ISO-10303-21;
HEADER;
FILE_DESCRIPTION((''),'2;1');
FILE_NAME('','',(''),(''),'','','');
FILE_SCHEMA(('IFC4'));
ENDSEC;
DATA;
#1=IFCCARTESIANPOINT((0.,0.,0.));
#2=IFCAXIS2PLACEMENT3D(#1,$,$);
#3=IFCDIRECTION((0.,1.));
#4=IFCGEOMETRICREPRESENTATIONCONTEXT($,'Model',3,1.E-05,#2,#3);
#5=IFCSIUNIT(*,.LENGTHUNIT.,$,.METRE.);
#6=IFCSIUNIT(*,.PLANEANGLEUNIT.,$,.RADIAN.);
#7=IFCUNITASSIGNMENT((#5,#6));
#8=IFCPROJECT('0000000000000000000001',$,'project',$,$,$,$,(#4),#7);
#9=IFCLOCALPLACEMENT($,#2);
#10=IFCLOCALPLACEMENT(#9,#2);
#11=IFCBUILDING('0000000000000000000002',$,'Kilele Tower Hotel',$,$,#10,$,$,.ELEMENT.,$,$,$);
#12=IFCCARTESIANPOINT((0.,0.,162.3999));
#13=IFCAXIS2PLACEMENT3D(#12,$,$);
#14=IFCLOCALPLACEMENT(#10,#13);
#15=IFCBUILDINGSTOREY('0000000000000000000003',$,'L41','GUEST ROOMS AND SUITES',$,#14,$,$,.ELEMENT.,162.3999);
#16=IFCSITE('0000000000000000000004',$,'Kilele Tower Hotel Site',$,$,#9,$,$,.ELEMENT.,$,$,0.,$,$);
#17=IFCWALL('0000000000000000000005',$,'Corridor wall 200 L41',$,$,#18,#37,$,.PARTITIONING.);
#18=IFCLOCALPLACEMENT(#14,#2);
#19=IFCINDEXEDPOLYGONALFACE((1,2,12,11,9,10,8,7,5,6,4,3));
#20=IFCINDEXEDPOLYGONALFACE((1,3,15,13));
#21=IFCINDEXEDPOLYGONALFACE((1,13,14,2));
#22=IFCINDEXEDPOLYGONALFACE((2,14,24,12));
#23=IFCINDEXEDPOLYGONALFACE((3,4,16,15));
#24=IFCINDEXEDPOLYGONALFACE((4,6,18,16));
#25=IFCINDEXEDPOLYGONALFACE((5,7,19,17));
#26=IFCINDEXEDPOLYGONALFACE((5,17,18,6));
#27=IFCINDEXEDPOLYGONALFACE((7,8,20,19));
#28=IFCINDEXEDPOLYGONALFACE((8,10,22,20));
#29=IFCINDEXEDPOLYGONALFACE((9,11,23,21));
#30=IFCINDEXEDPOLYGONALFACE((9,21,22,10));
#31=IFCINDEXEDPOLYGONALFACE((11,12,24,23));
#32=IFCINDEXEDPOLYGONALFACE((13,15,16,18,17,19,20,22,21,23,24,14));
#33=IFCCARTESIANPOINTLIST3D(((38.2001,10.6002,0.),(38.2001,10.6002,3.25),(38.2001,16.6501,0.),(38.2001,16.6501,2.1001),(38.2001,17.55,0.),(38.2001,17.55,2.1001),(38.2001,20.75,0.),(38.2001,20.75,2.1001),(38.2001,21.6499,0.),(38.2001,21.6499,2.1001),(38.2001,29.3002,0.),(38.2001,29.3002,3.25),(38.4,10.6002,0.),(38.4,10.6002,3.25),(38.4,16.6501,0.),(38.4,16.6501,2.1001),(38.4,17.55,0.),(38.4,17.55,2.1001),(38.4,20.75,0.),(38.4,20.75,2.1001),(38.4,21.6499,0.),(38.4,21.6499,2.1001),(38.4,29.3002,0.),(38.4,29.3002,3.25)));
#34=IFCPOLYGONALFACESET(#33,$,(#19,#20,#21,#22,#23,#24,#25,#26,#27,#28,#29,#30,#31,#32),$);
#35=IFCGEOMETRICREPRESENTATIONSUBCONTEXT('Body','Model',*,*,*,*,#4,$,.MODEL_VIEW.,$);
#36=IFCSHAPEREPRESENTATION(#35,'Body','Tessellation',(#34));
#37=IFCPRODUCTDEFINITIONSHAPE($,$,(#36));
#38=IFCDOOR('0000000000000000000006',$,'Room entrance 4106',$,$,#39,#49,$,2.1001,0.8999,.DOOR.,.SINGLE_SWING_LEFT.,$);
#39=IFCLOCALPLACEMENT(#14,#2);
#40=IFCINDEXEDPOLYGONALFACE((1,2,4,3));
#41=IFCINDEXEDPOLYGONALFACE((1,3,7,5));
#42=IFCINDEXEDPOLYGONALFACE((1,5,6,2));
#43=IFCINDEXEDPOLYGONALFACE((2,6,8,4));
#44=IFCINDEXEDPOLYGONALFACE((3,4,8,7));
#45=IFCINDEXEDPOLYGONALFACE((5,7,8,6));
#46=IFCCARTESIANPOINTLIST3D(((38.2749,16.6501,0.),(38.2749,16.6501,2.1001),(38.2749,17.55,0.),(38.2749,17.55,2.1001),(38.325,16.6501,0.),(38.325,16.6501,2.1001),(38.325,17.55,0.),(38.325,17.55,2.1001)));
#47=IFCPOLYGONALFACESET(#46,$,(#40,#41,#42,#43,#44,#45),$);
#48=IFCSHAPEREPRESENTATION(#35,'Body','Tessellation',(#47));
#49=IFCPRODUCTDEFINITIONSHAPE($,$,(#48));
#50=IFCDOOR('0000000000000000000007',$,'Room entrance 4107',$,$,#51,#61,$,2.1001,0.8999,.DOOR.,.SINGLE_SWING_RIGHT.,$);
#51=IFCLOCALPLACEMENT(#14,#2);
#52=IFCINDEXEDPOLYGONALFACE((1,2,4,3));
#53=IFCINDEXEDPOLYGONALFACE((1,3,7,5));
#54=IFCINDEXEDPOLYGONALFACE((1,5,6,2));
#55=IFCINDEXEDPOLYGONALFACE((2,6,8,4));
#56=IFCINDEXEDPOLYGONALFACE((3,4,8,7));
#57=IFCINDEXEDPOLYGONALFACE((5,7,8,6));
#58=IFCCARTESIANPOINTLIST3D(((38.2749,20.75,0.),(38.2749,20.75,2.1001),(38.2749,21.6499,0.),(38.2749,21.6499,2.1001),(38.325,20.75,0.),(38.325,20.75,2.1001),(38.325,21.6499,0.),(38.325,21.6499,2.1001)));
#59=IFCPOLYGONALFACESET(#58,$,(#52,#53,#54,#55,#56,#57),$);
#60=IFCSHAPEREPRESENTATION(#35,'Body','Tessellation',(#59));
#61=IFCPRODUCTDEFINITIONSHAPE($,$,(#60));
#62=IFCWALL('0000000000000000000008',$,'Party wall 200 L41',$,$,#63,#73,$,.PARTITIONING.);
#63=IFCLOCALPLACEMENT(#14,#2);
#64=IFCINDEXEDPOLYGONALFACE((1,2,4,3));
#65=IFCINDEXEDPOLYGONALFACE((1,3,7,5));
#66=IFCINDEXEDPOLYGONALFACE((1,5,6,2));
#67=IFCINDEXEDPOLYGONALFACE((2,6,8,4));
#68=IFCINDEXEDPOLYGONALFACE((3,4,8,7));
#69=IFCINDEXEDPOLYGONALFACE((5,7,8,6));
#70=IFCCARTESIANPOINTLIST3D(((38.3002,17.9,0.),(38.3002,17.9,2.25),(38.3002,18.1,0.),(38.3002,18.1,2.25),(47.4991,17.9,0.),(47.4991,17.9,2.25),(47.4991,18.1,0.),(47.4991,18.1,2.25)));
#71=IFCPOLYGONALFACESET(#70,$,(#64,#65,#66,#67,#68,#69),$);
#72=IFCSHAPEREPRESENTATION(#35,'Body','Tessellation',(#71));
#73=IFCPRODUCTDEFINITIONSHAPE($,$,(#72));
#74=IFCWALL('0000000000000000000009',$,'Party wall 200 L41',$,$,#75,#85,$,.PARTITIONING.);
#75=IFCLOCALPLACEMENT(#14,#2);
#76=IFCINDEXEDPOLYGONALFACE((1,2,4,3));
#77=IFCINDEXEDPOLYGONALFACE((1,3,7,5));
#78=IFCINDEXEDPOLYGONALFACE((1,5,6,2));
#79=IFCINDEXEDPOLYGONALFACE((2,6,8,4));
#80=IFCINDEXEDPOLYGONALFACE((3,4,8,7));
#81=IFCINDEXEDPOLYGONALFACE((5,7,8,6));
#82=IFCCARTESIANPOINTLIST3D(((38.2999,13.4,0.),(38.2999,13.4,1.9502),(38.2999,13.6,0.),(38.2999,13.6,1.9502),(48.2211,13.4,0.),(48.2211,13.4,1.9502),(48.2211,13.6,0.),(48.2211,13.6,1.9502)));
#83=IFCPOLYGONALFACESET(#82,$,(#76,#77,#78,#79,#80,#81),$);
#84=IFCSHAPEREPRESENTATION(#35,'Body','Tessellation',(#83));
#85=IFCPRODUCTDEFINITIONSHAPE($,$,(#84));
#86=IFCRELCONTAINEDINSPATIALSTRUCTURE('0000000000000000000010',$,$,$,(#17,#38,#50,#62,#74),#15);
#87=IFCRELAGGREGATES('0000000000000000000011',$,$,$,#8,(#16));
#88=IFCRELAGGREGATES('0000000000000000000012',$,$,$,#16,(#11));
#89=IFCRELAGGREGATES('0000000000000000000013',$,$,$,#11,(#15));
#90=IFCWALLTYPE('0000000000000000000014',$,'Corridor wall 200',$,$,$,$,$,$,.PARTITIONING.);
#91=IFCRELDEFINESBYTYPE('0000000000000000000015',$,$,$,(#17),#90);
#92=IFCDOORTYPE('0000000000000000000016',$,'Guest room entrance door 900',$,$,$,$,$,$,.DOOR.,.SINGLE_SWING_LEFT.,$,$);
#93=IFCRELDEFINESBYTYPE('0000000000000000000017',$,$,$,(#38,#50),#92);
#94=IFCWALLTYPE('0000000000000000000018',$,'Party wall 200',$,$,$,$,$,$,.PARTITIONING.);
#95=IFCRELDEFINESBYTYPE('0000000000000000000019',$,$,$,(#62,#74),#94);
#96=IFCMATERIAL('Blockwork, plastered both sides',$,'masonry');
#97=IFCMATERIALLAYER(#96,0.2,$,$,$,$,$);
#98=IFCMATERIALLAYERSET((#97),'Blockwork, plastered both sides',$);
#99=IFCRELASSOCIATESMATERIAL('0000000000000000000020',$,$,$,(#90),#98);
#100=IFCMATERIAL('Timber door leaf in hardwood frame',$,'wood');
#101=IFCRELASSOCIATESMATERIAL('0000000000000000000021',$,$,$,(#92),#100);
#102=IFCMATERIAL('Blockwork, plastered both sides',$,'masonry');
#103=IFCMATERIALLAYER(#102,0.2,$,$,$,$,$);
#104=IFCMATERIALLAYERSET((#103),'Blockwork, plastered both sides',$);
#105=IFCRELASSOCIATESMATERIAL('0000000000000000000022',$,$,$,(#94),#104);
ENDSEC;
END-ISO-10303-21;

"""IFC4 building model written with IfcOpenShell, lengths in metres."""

from ifc_helpers import new_model, si_unit, direction, frame, frame_2d, origin, place, context, subcontext, project, spatial, rectangle, extrude, material, layer, layer_set, type_object, element, fill, save


model = new_model("IFC4")

# Units and contexts
model_context = context("Model", 3, precision=1e-05, world=origin(), true_north=direction((0.0, 1.0)))
body_context = subcontext(model_context, "Body", "Model", "MODEL_VIEW")
ifc_project = project(units=[si_unit("LENGTHUNIT", "METRE"), si_unit("PLANEANGLEUNIT", "RADIAN")], contexts=[model_context])

# Site, building, storey
site_placement = place(None, origin())
site = spatial("IfcSite", under=ifc_project, at=site_placement, Name="Kilele Tower Hotel Site", CompositionType="ELEMENT", RefElevation=0.0)
building_placement = place(site_placement, origin())
building = spatial("IfcBuilding", under=site, at=building_placement, Name="Kilele Tower Hotel", CompositionType="ELEMENT")
storey_placement = place(building_placement, frame((0.0, 0.0, 162.3999)))
storey = spatial("IfcBuildingStorey", under=building, at=storey_placement, Name="L41", Description="GUEST ROOMS AND SUITES", CompositionType="ELEMENT", Elevation=162.3999)

# Wall, openings, doors
ifc_material_1 = material(Name="Blockwork, plastered both sides", Category="masonry")
ifc_layer_1 = layer(ifc_material_1, 0.2)
ifc_layer_set_1 = layer_set([ifc_layer_1], Name="Blockwork, plastered both sides")
wall_type_1 = type_object("IfcWallType", Name="Corridor wall 200", PredefinedType="PARTITIONING", material=ifc_layer_set_1)
wall_1_placement = place(storey_placement, frame((38.3, 10.6001, 0.0), z_axis=(0.0, 0.0, 1.0), x_axis=(0.0, 1.0, 0.0)))
wall_1 = element("IfcWall", 1, at=wall_1_placement, inside=storey, type_object=wall_type_1, Name="Corridor wall 200 L41", PredefinedType="PARTITIONING", context=body_context, shape_type="SweptSolid", body=[
    extrude(rectangle(XDim=18.7, YDim=0.2, at=frame_2d((9.3501, 0.0))), origin(), (0.0, 0.0, 1.0), 3.25),
])
opening_1_placement = place(wall_1_placement, frame((6.95, 0.0, 0.0), z_axis=(0.0, 0.0, 1.0), x_axis=(-1.0, 0.0, 0.0)))
opening_1 = element("IfcOpeningElement", 2, at=opening_1_placement, cuts=wall_1, PredefinedType="OPENING", context=body_context, shape_type="SweptSolid", body=[
    extrude(rectangle(XDim=0.8999, YDim=2.1001, at=frame_2d((0.45, 1.05))), frame((0.0, 0.1099, 0.0), z_axis=(0.0, -1.0, 0.0), x_axis=(1.0, 0.0, 0.0)), (0.0, 0.0, 1.0), 0.22),
])
opening_2_placement = place(wall_1_placement, frame((11.0498, 0.0, 0.0), z_axis=(0.0, 0.0, 1.0), x_axis=(-1.0, 0.0, 0.0)))
opening_2 = element("IfcOpeningElement", 3, at=opening_2_placement, cuts=wall_1, PredefinedType="OPENING", context=body_context, shape_type="SweptSolid", body=[
    extrude(rectangle(XDim=0.8999, YDim=2.1001, at=frame_2d((0.45, 1.05))), frame((0.0, 0.1099, 0.0), z_axis=(0.0, -1.0, 0.0), x_axis=(1.0, 0.0, 0.0)), (0.0, 0.0, 1.0), 0.22),
])
ifc_material_2 = material(Name="Timber door leaf in hardwood frame", Category="wood")
door_type_1 = type_object("IfcDoorType", Name="Guest room entrance door 900", OperationType="SINGLE_SWING_LEFT", PredefinedType="DOOR", material=ifc_material_2)
door_1_placement = place(opening_1_placement, origin())
door_1 = element("IfcDoor", 4, at=door_1_placement, inside=storey, type_object=door_type_1, Name="Room entrance 4106", OperationType="SINGLE_SWING_LEFT", OverallHeight=2.1001, OverallWidth=0.8999, PredefinedType="DOOR", context=body_context, shape_type="SweptSolid", body=[
    extrude(rectangle(XDim=0.8999, YDim=2.1001, at=frame_2d((0.45, 1.05))), frame((0.0, 0.0249, 0.0), z_axis=(0.0, -1.0, 0.0), x_axis=(1.0, 0.0, 0.0)), (0.0, 0.0, 1.0), 0.05),
])
fill(opening_1, door_1)
door_2_placement = place(opening_2_placement, origin())
door_2 = element("IfcDoor", 5, at=door_2_placement, inside=storey, type_object=door_type_1, Name="Room entrance 4107", OperationType="SINGLE_SWING_RIGHT", OverallHeight=2.1001, OverallWidth=0.8999, PredefinedType="DOOR", context=body_context, shape_type="SweptSolid", body=[
    extrude(rectangle(XDim=0.8999, YDim=2.1001, at=frame_2d((0.45, 1.05))), frame((0.0, 0.0249, 0.0), z_axis=(0.0, -1.0, 0.0), x_axis=(1.0, 0.0, 0.0)), (0.0, 0.0, 1.0), 0.05),
])
fill(opening_2, door_2)

# Walls
ifc_material_3 = material(Name="Blockwork, plastered both sides", Category="masonry")
ifc_layer_2 = layer(ifc_material_3, 0.2)
ifc_layer_set_2 = layer_set([ifc_layer_2], Name="Blockwork, plastered both sides")
wall_type_2 = type_object("IfcWallType", Name="Party wall 200", PredefinedType="PARTITIONING", material=ifc_layer_set_2)
wall_2_placement = place(storey_placement, frame((38.3, 18.0, 0.0), z_axis=(0.0, 0.0, 1.0), x_axis=(1.0, 0.0, 0.0)))
element("IfcWall", 6, at=wall_2_placement, inside=storey, type_object=wall_type_2, Name="Party wall 200 L41", PredefinedType="PARTITIONING", context=body_context, shape_type="SweptSolid", body=[
    extrude(rectangle(XDim=9.199, YDim=0.2, at=frame_2d((4.5996, 0.0))), origin(), (0.0, 0.0, 1.0), 2.25),
])
wall_3_placement = place(storey_placement, frame((38.3, 13.5, 0.0), z_axis=(0.0, 0.0, 1.0), x_axis=(1.0, 0.0, 0.0)))
element("IfcWall", 7, at=wall_3_placement, inside=storey, type_object=wall_type_2, Name="Party wall 200 L41", PredefinedType="PARTITIONING", context=body_context, shape_type="SweptSolid", body=[
    extrude(rectangle(XDim=9.9211, YDim=0.2, at=frame_2d((4.9604, 0.0))), origin(), (0.0, 0.0, 1.0), 1.9502),
])

save(model, "model.ifc")
